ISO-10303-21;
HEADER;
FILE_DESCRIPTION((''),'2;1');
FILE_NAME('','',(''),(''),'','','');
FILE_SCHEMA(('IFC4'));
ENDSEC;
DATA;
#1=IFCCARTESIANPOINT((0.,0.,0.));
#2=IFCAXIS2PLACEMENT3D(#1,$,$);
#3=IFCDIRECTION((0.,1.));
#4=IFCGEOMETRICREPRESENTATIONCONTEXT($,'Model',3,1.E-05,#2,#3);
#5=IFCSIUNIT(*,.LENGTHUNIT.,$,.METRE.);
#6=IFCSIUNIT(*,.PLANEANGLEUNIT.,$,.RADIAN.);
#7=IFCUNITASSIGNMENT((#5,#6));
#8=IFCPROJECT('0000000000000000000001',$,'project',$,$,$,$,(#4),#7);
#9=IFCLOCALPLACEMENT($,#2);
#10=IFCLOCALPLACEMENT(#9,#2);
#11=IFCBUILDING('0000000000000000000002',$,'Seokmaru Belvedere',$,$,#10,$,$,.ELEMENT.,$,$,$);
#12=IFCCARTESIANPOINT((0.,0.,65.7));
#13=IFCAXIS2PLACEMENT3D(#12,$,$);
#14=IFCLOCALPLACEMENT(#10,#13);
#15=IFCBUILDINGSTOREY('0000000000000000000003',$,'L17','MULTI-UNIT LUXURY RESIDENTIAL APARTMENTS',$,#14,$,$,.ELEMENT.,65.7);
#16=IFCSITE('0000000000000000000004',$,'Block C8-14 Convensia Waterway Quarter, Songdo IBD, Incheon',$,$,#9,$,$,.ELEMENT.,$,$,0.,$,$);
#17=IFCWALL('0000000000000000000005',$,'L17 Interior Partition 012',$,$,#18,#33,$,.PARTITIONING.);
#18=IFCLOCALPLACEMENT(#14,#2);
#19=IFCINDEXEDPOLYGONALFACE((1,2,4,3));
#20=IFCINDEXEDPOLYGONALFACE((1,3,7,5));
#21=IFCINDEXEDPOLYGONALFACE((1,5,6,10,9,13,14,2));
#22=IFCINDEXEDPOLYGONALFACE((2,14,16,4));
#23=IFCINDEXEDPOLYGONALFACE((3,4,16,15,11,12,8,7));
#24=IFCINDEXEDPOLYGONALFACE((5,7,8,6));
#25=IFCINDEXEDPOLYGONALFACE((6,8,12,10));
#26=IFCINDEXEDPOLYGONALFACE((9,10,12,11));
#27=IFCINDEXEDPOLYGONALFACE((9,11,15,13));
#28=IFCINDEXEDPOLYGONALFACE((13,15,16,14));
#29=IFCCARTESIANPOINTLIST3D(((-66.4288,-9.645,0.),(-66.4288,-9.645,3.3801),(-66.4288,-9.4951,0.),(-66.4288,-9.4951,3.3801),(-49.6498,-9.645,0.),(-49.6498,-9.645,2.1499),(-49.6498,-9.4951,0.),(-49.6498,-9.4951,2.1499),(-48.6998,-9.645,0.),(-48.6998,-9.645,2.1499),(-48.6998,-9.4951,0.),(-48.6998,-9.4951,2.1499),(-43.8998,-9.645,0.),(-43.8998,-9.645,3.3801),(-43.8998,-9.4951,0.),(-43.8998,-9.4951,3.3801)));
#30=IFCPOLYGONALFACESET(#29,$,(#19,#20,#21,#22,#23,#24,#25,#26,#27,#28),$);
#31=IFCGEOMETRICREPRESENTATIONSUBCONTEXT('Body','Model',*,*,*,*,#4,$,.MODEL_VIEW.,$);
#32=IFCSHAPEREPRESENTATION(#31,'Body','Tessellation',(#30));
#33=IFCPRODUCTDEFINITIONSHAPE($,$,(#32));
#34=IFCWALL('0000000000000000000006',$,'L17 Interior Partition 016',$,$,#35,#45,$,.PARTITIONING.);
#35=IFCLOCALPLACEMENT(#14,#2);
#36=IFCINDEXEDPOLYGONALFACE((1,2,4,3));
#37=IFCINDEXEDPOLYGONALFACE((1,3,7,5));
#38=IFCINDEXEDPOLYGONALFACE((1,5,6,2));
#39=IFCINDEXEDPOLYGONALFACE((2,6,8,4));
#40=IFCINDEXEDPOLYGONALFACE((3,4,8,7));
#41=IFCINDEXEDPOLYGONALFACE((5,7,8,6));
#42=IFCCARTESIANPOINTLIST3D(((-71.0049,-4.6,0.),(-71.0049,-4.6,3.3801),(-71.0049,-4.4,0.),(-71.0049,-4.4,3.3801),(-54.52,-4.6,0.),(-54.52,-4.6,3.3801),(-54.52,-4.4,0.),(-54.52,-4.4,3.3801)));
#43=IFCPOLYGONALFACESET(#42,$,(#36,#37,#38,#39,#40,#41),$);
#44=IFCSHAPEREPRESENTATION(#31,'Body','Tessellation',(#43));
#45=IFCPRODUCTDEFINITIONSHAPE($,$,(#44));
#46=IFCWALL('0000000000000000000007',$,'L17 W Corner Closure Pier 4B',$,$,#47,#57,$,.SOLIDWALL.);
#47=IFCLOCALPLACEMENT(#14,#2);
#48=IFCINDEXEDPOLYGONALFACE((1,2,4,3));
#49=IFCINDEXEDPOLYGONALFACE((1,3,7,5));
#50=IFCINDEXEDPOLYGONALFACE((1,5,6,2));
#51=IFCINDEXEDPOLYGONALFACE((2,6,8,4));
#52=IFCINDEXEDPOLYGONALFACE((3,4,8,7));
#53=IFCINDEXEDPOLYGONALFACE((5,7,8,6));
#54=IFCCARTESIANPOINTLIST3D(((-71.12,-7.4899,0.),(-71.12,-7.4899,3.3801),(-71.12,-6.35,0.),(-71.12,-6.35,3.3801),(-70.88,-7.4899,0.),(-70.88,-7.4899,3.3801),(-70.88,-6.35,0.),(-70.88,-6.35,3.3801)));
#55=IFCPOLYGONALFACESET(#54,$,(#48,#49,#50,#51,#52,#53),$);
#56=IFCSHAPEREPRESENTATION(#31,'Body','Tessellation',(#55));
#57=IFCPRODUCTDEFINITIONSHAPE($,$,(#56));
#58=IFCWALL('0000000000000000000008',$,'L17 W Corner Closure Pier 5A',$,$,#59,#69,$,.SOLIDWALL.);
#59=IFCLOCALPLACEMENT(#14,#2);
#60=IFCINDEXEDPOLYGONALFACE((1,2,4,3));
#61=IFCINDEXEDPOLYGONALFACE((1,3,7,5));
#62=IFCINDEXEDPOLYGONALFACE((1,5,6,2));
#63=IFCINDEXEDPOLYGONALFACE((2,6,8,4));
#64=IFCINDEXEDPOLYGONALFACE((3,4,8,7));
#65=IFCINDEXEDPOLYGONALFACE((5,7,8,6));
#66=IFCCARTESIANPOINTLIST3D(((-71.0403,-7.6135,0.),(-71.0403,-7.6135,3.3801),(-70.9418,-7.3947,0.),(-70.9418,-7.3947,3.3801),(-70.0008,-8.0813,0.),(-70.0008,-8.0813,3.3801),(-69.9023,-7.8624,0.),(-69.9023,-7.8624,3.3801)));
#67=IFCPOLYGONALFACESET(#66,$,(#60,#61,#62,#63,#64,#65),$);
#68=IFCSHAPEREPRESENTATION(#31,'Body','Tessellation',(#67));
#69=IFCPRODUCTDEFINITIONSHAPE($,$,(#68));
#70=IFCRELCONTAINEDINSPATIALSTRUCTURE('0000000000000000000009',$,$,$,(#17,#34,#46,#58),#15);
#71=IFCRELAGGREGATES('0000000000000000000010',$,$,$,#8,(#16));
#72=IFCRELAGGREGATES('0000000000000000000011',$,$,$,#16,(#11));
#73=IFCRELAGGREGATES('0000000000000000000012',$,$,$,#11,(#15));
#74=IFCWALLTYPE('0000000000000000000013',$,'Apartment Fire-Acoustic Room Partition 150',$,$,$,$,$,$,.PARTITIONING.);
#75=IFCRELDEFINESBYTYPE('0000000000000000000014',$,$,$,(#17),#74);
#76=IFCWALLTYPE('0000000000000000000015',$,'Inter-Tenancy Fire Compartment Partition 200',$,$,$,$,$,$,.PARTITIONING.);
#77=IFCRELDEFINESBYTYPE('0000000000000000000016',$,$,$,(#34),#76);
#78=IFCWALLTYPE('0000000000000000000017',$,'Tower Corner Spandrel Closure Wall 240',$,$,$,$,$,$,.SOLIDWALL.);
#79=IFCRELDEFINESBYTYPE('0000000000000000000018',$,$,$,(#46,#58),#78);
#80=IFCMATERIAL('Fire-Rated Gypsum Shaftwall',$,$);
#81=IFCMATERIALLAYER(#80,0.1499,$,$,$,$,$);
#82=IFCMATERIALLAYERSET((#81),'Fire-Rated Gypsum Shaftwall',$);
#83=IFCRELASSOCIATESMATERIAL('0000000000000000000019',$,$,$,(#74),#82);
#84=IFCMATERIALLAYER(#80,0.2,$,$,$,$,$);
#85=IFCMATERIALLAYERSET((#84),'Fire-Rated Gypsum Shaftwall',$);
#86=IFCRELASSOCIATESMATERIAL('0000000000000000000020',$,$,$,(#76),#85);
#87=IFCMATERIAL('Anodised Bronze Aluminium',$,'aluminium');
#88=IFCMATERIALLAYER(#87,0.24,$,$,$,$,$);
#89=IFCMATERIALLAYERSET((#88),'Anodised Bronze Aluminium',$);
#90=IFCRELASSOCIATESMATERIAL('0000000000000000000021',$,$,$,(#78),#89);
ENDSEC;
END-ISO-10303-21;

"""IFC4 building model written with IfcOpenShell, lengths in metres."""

from ifc_helpers import new_model, si_unit, direction, frame, frame_2d, origin, place, context, subcontext, project, spatial, rectangle, extrude, material, layer, layer_set, type_object, element, save


model = new_model("IFC4")

# Units and contexts
model_context = context("Model", 3, precision=1e-05, world=origin(), true_north=direction((0.0, 1.0)))
body_context = subcontext(model_context, "Body", "Model", "MODEL_VIEW")
ifc_project = project(units=[si_unit("LENGTHUNIT", "METRE"), si_unit("PLANEANGLEUNIT", "RADIAN")], contexts=[model_context])

# Site, building, storey
site_placement = place(None, origin())
site = spatial("IfcSite", under=ifc_project, at=site_placement, Name="Block C8-14 Convensia Waterway Quarter, Songdo IBD, Incheon", CompositionType="ELEMENT", RefElevation=0.0)
building_placement = place(site_placement, origin())
building = spatial("IfcBuilding", under=site, at=building_placement, Name="Seokmaru Belvedere", CompositionType="ELEMENT")
storey_placement = place(building_placement, frame((0.0, 0.0, 65.7)))
storey = spatial("IfcBuildingStorey", under=building, at=storey_placement, Name="L17", Description="MULTI-UNIT LUXURY RESIDENTIAL APARTMENTS", CompositionType="ELEMENT", Elevation=65.7)

# Shared definitions
ifc_material_1 = material(Name="Anodised Bronze Aluminium", Category="aluminium")

# Wall, opening
ifc_material_2 = material(Name="Fire-Rated Gypsum Shaftwall")
ifc_layer_1 = layer(ifc_material_2, 0.1499)
ifc_layer_set_1 = layer_set([ifc_layer_1], Name="Fire-Rated Gypsum Shaftwall")
wall_type_1 = type_object("IfcWallType", Name="Apartment Fire-Acoustic Room Partition 150", PredefinedType="PARTITIONING", material=ifc_layer_set_1)
wall_1_placement = place(storey_placement, frame((-66.429, -9.5701, 0.0), z_axis=(0.0, 0.0, 1.0), x_axis=(1.0, 0.0, 0.0)))
wall_1 = element("IfcWall", 1, at=wall_1_placement, inside=storey, type_object=wall_type_1, Name="L17 Interior Partition 012", PredefinedType="PARTITIONING", context=body_context, shape_type="SweptSolid", body=[
    extrude(rectangle(XDim=22.5291, YDim=0.1499, at=frame_2d((11.2646, 0.0))), origin(), (0.0, 0.0, 1.0), 3.3801),
])
opening_placement = place(wall_1_placement, frame((16.7791, 0.0, 0.0)))
element("IfcOpeningElement", 2, at=opening_placement, cuts=wall_1, PredefinedType="OPENING", context=body_context, shape_type="SweptSolid", body=[
    extrude(rectangle(XDim=0.95, YDim=2.1499, at=frame_2d((0.4751, 1.075))), frame((0.0, 0.085, 0.0), z_axis=(0.0, -1.0, 0.0), x_axis=(1.0, 0.0, 0.0)), (0.0, 0.0, 1.0), 0.1699),
])

# Walls
ifc_layer_2 = layer(ifc_material_2, 0.2)
ifc_layer_set_2 = layer_set([ifc_layer_2], Name="Fire-Rated Gypsum Shaftwall")
wall_type_2 = type_object("IfcWallType", Name="Inter-Tenancy Fire Compartment Partition 200", PredefinedType="PARTITIONING", material=ifc_layer_set_2)
wall_2_placement = place(storey_placement, frame((-71.0049, -4.5, 0.0), z_axis=(0.0, 0.0, 1.0), x_axis=(1.0, 0.0, 0.0)))
element("IfcWall", 3, at=wall_2_placement, inside=storey, type_object=wall_type_2, Name="L17 Interior Partition 016", PredefinedType="PARTITIONING", context=body_context, shape_type="SweptSolid", body=[
    extrude(rectangle(XDim=16.4849, YDim=0.2, at=frame_2d((8.2424, 0.0))), origin(), (0.0, 0.0, 1.0), 3.3801),
])
ifc_layer_3 = layer(ifc_material_1, 0.24)
ifc_layer_set_3 = layer_set([ifc_layer_3], Name="Anodised Bronze Aluminium")
wall_type_3 = type_object("IfcWallType", Name="Tower Corner Spandrel Closure Wall 240", PredefinedType="SOLIDWALL", material=ifc_layer_set_3)
for number, where, z_axis, x_axis, name in (
    (4, (-71.0, -6.3501, 0.0), (0.0, 0.0, 1.0), (0.0, -1.0, 0.0), "L17 W Corner Closure Pier 4B"),
    (5, (-70.991, -7.5042, 0.0), (0.0, 0.0, 1.0), (0.91193, -0.410347, 0.0), "L17 W Corner Closure Pier 5A"),
):
    element("IfcWall", number, at=place(storey_placement, frame(where, z_axis=z_axis, x_axis=x_axis)), inside=storey, type_object=wall_type_3, Name=name, PredefinedType="SOLIDWALL", context=body_context, shape_type="SweptSolid", body=[
        extrude(rectangle(XDim=1.1399, YDim=0.24, at=frame_2d((0.5698, 0.0))), origin(), (0.0, 0.0, 1.0), 3.3801),
    ])

save(model, "model.ifc")
